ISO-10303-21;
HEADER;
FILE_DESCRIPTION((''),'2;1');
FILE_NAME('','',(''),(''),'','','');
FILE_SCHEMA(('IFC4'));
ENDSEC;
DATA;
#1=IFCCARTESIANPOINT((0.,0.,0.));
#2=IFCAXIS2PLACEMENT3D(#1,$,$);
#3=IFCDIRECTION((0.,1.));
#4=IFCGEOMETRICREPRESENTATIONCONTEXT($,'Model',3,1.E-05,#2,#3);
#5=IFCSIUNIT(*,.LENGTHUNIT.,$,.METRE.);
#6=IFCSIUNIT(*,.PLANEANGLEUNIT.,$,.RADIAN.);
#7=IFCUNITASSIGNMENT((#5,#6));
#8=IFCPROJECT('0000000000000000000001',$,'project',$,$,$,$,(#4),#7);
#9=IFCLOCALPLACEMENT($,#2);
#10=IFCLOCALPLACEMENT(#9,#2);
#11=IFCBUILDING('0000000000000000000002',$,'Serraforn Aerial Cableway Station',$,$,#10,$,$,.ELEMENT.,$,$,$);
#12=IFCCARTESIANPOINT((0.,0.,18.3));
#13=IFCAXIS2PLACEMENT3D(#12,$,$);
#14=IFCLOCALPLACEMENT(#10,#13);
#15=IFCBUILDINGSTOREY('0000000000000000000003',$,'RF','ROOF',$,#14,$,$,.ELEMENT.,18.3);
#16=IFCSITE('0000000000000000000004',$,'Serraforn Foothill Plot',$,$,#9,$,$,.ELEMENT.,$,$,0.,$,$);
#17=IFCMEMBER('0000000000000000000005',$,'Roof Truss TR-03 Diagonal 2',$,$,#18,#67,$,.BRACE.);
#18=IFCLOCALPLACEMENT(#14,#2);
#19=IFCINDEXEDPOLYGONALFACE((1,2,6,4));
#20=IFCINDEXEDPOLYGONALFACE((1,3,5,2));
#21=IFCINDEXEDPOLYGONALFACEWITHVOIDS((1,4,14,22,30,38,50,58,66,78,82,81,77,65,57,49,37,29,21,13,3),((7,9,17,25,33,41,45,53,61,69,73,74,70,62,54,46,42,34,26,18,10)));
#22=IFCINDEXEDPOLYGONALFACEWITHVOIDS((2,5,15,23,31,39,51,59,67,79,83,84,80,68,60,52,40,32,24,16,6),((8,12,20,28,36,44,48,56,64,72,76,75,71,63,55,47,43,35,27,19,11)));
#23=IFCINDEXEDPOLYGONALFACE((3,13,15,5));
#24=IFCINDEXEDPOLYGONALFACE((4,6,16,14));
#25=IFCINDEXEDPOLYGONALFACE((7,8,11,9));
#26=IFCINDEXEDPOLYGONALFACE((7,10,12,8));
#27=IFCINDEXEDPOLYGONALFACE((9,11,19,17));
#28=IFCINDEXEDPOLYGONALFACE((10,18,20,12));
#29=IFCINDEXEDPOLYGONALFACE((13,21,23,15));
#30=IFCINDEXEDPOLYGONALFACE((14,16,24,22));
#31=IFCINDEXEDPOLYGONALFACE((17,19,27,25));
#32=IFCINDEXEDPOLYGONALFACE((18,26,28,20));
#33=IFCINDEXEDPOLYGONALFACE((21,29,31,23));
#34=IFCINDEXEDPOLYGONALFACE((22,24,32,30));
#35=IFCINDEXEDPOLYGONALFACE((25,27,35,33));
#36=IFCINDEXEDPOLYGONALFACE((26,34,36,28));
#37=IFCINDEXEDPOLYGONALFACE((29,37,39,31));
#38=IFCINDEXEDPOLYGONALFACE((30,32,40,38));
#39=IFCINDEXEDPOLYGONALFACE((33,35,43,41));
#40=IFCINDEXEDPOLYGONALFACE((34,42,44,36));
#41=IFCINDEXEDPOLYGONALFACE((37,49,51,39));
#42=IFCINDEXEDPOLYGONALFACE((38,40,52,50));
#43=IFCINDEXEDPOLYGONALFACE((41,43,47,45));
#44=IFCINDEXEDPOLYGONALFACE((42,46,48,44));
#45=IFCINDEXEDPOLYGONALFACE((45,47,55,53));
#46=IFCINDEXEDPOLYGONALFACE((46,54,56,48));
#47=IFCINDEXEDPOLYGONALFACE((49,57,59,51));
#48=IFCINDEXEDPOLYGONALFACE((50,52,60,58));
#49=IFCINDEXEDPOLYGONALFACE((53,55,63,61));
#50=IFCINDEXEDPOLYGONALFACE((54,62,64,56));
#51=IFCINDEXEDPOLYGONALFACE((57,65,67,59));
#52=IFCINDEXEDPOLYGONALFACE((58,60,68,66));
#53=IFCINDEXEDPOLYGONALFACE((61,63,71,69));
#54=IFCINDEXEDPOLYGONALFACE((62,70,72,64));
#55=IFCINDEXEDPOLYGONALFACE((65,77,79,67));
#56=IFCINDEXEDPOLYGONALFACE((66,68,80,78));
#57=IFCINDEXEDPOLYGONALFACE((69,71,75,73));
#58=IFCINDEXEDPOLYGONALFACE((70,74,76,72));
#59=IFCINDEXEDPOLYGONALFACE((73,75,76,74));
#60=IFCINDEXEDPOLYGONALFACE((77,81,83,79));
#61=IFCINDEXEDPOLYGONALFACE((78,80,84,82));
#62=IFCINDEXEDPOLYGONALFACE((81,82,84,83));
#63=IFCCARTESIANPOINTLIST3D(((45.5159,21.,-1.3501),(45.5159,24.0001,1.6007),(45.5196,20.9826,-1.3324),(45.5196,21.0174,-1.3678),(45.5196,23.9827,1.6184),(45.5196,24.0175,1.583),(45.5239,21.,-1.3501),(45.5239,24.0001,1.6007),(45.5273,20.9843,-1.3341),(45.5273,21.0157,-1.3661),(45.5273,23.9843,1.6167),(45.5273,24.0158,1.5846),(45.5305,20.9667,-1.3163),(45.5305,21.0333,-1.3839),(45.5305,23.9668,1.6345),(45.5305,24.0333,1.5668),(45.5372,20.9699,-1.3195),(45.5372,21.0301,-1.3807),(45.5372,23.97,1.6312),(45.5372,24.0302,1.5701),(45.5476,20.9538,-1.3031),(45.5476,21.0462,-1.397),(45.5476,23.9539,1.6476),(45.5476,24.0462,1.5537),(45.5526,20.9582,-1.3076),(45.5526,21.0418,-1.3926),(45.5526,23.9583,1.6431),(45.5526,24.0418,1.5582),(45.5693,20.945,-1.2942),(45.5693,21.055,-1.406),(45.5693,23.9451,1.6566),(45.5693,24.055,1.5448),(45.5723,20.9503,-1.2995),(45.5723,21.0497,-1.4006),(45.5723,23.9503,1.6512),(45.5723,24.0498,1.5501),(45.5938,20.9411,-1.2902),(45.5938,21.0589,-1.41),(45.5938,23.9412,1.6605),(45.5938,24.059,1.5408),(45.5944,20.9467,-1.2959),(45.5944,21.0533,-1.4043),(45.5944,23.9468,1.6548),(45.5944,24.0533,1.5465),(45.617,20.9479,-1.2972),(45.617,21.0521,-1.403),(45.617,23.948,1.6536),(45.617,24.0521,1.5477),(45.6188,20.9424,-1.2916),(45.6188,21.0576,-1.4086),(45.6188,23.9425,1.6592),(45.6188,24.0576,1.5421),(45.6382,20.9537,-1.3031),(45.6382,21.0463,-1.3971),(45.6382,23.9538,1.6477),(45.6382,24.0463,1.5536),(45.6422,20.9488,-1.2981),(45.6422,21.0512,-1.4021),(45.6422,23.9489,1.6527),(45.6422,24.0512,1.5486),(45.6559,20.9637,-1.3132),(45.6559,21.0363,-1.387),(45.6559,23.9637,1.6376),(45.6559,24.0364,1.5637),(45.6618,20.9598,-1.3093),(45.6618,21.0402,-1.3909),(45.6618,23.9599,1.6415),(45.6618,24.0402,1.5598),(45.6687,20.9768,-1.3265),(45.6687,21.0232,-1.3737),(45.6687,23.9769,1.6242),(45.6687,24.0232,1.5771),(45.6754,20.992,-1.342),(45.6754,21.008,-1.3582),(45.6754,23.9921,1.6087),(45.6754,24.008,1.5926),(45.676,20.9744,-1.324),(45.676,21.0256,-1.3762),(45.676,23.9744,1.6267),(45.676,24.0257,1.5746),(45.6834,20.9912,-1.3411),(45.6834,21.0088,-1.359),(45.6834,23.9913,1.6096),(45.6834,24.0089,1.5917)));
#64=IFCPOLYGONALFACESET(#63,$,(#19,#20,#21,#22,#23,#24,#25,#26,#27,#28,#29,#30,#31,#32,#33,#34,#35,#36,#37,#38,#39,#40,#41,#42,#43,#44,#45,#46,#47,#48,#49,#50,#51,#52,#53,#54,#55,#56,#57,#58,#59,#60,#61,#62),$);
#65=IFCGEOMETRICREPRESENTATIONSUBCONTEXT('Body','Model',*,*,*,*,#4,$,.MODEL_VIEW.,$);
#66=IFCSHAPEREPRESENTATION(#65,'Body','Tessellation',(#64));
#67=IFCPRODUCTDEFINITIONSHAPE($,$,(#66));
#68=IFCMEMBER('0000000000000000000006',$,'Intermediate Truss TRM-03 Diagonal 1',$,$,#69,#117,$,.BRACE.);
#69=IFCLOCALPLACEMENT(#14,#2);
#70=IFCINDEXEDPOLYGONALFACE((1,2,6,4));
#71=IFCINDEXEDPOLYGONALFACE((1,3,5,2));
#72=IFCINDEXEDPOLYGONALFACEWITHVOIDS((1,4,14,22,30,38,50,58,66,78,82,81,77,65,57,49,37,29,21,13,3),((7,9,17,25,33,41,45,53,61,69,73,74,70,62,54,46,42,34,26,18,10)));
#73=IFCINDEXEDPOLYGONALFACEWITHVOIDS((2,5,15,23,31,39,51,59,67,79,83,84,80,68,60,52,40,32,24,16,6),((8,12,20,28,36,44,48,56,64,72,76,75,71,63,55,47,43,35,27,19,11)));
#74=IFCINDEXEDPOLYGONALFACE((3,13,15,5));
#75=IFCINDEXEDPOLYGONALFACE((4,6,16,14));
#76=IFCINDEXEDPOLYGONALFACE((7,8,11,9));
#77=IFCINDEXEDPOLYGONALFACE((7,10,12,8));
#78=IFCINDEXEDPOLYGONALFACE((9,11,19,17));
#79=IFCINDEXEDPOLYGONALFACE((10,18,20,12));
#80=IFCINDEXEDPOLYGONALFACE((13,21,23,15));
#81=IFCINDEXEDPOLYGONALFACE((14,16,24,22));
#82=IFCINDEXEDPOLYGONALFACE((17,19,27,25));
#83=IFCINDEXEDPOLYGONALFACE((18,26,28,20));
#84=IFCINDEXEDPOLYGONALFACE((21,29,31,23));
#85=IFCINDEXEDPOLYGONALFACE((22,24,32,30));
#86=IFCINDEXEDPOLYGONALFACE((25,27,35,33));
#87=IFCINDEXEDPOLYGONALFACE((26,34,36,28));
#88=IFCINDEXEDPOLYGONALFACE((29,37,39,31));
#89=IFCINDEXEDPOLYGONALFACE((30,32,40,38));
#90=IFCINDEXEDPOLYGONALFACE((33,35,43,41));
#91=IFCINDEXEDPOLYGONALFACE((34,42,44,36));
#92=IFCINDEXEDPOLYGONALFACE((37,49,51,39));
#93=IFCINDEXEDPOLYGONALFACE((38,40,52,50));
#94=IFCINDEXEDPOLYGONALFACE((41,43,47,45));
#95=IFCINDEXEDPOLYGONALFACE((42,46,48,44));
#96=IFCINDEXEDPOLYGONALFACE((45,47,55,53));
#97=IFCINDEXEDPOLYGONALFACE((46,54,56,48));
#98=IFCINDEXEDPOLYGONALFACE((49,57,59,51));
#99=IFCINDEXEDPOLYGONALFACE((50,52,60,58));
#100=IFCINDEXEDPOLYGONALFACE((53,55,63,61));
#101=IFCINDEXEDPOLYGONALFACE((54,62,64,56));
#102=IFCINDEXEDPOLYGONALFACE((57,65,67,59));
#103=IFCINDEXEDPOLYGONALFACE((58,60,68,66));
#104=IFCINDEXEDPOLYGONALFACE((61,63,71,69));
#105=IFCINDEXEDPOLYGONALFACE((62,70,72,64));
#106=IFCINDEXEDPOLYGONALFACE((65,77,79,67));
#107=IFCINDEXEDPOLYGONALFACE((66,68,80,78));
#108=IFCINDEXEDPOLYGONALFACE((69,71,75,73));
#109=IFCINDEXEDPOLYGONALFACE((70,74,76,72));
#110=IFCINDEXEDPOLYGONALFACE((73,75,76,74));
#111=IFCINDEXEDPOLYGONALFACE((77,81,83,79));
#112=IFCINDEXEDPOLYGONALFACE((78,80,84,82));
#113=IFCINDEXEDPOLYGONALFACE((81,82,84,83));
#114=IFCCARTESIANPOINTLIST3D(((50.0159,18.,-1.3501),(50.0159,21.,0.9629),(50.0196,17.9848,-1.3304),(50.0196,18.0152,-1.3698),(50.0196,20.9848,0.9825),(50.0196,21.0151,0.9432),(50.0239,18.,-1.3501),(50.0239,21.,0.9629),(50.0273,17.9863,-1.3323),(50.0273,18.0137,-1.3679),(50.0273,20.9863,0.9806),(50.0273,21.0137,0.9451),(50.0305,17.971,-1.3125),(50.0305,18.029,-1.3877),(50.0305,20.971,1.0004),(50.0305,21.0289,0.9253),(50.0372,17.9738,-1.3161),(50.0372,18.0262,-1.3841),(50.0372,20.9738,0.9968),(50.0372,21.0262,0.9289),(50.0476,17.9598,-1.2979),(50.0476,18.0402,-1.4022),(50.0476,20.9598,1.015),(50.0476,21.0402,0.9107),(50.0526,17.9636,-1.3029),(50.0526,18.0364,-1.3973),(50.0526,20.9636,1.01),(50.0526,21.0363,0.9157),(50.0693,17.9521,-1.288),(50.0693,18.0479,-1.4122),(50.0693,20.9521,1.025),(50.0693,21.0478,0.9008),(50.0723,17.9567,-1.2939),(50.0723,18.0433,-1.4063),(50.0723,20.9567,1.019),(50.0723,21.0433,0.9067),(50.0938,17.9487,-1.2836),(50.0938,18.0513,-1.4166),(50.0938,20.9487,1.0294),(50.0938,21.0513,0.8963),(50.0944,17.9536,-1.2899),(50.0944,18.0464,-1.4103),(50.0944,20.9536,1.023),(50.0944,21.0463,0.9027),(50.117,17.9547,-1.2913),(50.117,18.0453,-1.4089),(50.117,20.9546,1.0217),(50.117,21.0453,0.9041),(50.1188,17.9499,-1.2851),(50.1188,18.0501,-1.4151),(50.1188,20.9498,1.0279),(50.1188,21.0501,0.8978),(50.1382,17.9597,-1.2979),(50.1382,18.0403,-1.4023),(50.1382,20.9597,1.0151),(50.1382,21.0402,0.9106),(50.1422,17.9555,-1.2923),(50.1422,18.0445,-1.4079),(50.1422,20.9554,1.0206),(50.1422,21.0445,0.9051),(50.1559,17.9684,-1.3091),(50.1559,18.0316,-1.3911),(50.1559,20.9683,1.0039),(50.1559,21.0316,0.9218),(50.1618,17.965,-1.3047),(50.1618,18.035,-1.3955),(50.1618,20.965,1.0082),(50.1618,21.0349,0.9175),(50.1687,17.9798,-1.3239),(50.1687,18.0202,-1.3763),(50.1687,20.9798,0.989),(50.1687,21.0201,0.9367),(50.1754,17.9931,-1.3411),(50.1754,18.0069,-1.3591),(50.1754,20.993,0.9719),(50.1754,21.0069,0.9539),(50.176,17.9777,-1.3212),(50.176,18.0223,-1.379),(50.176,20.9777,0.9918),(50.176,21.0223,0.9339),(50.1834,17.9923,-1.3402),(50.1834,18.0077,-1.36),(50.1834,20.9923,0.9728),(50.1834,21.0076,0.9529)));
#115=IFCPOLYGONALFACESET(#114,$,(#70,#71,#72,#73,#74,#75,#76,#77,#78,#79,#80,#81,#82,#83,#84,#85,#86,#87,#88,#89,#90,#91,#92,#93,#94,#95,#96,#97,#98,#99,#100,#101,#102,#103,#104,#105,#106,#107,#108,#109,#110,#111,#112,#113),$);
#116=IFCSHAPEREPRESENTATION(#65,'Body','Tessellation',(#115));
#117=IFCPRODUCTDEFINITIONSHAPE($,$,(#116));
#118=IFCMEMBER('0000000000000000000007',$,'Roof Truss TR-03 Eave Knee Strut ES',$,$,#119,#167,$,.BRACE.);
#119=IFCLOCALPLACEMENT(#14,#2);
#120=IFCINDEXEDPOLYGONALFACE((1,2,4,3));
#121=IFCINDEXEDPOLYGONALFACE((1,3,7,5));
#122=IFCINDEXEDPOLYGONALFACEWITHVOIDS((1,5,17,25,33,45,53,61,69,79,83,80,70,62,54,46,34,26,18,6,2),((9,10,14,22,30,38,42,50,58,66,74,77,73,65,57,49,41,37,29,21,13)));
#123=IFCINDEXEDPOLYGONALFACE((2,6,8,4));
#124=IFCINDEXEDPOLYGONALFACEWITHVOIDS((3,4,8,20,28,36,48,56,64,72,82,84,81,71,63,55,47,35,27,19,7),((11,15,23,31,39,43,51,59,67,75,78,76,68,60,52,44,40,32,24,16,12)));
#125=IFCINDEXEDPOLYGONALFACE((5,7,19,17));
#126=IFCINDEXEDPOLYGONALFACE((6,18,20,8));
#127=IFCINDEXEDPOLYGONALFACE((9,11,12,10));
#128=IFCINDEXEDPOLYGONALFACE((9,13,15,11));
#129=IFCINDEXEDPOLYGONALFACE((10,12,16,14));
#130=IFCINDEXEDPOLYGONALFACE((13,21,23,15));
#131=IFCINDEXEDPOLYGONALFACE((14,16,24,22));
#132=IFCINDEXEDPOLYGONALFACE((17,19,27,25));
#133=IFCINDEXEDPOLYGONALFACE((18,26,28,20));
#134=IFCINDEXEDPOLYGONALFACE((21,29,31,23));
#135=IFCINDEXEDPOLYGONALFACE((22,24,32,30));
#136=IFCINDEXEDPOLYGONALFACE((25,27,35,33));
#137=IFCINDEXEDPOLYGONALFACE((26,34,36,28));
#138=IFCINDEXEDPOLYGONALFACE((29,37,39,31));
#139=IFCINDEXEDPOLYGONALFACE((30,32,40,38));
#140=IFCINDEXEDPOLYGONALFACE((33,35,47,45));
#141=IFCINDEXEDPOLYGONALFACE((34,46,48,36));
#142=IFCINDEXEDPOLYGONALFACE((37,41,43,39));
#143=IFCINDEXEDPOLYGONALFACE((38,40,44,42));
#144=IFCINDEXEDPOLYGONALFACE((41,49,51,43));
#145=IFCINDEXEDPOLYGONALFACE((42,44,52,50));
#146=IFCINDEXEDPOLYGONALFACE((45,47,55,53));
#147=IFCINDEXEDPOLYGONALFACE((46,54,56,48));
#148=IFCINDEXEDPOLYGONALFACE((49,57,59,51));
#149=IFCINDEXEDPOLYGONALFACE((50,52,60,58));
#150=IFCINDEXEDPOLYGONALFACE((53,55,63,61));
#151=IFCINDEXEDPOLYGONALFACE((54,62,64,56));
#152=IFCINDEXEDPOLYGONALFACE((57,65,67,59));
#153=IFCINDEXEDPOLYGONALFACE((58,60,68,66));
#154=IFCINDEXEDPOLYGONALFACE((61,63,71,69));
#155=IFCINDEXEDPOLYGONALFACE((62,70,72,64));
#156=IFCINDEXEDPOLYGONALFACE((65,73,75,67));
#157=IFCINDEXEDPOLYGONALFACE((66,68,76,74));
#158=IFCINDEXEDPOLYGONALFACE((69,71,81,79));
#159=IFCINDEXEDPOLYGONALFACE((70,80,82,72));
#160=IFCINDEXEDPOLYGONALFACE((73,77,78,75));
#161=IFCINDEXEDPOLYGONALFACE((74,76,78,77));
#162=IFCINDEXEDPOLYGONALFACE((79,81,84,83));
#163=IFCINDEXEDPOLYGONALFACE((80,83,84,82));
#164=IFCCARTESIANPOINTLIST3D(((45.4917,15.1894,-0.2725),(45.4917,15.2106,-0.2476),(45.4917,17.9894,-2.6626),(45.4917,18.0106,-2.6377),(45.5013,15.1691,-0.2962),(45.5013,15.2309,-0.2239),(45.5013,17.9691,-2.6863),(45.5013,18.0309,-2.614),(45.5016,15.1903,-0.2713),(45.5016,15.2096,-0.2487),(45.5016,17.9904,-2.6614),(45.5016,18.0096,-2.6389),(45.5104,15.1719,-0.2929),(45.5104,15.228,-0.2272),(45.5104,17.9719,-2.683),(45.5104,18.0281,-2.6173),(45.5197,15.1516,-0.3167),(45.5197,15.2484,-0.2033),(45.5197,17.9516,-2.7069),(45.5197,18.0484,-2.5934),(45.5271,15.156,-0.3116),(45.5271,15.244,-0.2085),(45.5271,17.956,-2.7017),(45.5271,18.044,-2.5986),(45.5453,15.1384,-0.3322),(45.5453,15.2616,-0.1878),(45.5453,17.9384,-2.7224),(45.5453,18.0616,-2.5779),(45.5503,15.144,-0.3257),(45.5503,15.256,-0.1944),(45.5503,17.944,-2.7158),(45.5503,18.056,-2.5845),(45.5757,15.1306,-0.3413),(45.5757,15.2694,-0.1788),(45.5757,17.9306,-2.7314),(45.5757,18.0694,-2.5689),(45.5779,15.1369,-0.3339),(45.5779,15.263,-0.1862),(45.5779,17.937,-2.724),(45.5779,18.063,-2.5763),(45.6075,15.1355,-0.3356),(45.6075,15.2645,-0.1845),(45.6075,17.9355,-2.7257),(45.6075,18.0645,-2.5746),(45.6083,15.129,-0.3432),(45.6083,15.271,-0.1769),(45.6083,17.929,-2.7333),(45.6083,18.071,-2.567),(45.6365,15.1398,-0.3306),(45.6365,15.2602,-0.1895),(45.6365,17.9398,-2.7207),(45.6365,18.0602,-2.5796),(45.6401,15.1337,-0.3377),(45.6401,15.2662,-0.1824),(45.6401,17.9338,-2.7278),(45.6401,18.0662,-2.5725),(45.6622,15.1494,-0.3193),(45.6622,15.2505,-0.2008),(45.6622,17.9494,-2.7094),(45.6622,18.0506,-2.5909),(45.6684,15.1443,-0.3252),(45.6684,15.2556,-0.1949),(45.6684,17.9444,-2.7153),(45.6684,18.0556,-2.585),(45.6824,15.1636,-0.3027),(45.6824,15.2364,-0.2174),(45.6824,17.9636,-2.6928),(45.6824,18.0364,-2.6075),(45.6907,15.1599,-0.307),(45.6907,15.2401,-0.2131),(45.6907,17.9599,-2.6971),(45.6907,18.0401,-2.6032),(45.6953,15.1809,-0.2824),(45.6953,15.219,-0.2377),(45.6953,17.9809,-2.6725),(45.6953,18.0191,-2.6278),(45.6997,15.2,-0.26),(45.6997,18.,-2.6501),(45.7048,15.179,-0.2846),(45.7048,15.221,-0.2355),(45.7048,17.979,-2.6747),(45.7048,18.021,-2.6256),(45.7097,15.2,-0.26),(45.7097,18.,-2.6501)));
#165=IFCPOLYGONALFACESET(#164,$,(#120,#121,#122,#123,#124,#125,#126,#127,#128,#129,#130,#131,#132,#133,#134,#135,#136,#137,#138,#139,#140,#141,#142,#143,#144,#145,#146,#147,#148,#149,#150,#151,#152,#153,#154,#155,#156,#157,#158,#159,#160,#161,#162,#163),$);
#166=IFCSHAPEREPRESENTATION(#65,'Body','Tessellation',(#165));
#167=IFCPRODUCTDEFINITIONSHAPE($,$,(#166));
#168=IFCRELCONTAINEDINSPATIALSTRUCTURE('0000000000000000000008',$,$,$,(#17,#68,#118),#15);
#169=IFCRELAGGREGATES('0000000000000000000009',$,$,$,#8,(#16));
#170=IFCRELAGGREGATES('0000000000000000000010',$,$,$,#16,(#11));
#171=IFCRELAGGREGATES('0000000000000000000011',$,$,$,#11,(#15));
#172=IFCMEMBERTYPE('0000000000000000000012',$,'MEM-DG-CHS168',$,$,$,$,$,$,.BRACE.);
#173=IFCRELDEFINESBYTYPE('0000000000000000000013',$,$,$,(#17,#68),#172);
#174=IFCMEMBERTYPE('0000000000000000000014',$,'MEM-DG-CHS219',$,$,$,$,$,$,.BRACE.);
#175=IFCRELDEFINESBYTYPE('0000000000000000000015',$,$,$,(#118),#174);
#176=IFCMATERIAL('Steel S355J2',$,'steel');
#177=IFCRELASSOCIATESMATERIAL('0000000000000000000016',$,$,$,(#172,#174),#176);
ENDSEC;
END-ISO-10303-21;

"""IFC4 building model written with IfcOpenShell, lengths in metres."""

from ifc_helpers import new_model, si_unit, direction, frame, origin, origin_2d, place, context, subcontext, project, spatial, hollow_circle, extrude, material, material_profile, profile_set, type_object, element, save


model = new_model("IFC4")

# Units and contexts
model_context = context("Model", 3, precision=1e-05, world=origin(), true_north=direction((0.0, 1.0)))
body_context = subcontext(model_context, "Body", "Model", "MODEL_VIEW")
ifc_project = project(units=[si_unit("LENGTHUNIT", "METRE"), si_unit("PLANEANGLEUNIT", "RADIAN")], contexts=[model_context])

# Site, building, storey
site_placement = place(None, origin())
site = spatial("IfcSite", under=ifc_project, at=site_placement, Name="Serraforn Foothill Plot", CompositionType="ELEMENT", RefElevation=0.0)
building_placement = place(site_placement, origin())
building = spatial("IfcBuilding", under=site, at=building_placement, Name="Serraforn Aerial Cableway Station", CompositionType="ELEMENT")
storey_placement = place(building_placement, frame((0.0, 0.0, 18.3)))
storey = spatial("IfcBuildingStorey", under=building, at=storey_placement, Name="RF", Description="ROOF", CompositionType="ELEMENT", Elevation=18.3)

# Shared definitions
ifc_material_1 = material(Name="Steel S355J2", Category="steel")

# Members
ifc_material_profile_1 = material_profile(ifc_material_1, hollow_circle(Radius=0.0842, WallThickness=0.0081, at=origin_2d()), Name="CHS 168.3x8.0")
ifc_profile_set_1 = profile_set([ifc_material_profile_1], Name="Steel S355J2")
member_type_1 = type_object("IfcMemberType", Name="MEM-DG-CHS168", PredefinedType="BRACE", material=ifc_profile_set_1)
member_1_placement = place(storey_placement, frame((45.6001, 21.0, -1.3501), z_axis=(0.0, 0.712942, 0.701223), x_axis=(-1.0, 0.0, 0.0)))
element("IfcMember", 1, at=member_1_placement, inside=storey, type_object=member_type_1, Name="Roof Truss TR-03 Diagonal 2", PredefinedType="BRACE", context=body_context, shape_type="SweptSolid", body=[
    extrude(hollow_circle(Radius=0.0842, WallThickness=0.0081, at=origin_2d()), origin(), (0.0, 0.0, 1.0), 4.208),
])
member_2_placement = place(storey_placement, frame((50.1001, 18.0, -1.3501), z_axis=(0.0, 0.791948, 0.610589), x_axis=(-1.0, 0.0, 0.0)))
element("IfcMember", 2, at=member_2_placement, inside=storey, type_object=member_type_1, Name="Intermediate Truss TRM-03 Diagonal 1", PredefinedType="BRACE", context=body_context, shape_type="SweptSolid", body=[
    extrude(hollow_circle(Radius=0.0842, WallThickness=0.0081, at=origin_2d()), origin(), (0.0, 0.0, 1.0), 3.7881),
])
ifc_material_profile_2 = material_profile(ifc_material_1, hollow_circle(Radius=0.1096, WallThickness=0.01, at=origin_2d()), Name="CHS 219.1x10.0")
ifc_profile_set_2 = profile_set([ifc_material_profile_2], Name="Steel S355J2")
member_type_2 = type_object("IfcMemberType", Name="MEM-DG-CHS219", PredefinedType="BRACE", material=ifc_profile_set_2)
member_3_placement = place(storey_placement, frame((45.6001, 18.0, -2.6501), z_axis=(0.0, -0.760584, 0.649239), x_axis=(1.0, 0.0, 0.0)))
element("IfcMember", 3, at=member_3_placement, inside=storey, type_object=member_type_2, Name="Roof Truss TR-03 Eave Knee Strut ES", PredefinedType="BRACE", context=body_context, shape_type="SweptSolid", body=[
    extrude(hollow_circle(Radius=0.1096, WallThickness=0.01, at=origin_2d()), origin(), (0.0, 0.0, 1.0), 3.6814),
])

save(model, "model.ifc")
